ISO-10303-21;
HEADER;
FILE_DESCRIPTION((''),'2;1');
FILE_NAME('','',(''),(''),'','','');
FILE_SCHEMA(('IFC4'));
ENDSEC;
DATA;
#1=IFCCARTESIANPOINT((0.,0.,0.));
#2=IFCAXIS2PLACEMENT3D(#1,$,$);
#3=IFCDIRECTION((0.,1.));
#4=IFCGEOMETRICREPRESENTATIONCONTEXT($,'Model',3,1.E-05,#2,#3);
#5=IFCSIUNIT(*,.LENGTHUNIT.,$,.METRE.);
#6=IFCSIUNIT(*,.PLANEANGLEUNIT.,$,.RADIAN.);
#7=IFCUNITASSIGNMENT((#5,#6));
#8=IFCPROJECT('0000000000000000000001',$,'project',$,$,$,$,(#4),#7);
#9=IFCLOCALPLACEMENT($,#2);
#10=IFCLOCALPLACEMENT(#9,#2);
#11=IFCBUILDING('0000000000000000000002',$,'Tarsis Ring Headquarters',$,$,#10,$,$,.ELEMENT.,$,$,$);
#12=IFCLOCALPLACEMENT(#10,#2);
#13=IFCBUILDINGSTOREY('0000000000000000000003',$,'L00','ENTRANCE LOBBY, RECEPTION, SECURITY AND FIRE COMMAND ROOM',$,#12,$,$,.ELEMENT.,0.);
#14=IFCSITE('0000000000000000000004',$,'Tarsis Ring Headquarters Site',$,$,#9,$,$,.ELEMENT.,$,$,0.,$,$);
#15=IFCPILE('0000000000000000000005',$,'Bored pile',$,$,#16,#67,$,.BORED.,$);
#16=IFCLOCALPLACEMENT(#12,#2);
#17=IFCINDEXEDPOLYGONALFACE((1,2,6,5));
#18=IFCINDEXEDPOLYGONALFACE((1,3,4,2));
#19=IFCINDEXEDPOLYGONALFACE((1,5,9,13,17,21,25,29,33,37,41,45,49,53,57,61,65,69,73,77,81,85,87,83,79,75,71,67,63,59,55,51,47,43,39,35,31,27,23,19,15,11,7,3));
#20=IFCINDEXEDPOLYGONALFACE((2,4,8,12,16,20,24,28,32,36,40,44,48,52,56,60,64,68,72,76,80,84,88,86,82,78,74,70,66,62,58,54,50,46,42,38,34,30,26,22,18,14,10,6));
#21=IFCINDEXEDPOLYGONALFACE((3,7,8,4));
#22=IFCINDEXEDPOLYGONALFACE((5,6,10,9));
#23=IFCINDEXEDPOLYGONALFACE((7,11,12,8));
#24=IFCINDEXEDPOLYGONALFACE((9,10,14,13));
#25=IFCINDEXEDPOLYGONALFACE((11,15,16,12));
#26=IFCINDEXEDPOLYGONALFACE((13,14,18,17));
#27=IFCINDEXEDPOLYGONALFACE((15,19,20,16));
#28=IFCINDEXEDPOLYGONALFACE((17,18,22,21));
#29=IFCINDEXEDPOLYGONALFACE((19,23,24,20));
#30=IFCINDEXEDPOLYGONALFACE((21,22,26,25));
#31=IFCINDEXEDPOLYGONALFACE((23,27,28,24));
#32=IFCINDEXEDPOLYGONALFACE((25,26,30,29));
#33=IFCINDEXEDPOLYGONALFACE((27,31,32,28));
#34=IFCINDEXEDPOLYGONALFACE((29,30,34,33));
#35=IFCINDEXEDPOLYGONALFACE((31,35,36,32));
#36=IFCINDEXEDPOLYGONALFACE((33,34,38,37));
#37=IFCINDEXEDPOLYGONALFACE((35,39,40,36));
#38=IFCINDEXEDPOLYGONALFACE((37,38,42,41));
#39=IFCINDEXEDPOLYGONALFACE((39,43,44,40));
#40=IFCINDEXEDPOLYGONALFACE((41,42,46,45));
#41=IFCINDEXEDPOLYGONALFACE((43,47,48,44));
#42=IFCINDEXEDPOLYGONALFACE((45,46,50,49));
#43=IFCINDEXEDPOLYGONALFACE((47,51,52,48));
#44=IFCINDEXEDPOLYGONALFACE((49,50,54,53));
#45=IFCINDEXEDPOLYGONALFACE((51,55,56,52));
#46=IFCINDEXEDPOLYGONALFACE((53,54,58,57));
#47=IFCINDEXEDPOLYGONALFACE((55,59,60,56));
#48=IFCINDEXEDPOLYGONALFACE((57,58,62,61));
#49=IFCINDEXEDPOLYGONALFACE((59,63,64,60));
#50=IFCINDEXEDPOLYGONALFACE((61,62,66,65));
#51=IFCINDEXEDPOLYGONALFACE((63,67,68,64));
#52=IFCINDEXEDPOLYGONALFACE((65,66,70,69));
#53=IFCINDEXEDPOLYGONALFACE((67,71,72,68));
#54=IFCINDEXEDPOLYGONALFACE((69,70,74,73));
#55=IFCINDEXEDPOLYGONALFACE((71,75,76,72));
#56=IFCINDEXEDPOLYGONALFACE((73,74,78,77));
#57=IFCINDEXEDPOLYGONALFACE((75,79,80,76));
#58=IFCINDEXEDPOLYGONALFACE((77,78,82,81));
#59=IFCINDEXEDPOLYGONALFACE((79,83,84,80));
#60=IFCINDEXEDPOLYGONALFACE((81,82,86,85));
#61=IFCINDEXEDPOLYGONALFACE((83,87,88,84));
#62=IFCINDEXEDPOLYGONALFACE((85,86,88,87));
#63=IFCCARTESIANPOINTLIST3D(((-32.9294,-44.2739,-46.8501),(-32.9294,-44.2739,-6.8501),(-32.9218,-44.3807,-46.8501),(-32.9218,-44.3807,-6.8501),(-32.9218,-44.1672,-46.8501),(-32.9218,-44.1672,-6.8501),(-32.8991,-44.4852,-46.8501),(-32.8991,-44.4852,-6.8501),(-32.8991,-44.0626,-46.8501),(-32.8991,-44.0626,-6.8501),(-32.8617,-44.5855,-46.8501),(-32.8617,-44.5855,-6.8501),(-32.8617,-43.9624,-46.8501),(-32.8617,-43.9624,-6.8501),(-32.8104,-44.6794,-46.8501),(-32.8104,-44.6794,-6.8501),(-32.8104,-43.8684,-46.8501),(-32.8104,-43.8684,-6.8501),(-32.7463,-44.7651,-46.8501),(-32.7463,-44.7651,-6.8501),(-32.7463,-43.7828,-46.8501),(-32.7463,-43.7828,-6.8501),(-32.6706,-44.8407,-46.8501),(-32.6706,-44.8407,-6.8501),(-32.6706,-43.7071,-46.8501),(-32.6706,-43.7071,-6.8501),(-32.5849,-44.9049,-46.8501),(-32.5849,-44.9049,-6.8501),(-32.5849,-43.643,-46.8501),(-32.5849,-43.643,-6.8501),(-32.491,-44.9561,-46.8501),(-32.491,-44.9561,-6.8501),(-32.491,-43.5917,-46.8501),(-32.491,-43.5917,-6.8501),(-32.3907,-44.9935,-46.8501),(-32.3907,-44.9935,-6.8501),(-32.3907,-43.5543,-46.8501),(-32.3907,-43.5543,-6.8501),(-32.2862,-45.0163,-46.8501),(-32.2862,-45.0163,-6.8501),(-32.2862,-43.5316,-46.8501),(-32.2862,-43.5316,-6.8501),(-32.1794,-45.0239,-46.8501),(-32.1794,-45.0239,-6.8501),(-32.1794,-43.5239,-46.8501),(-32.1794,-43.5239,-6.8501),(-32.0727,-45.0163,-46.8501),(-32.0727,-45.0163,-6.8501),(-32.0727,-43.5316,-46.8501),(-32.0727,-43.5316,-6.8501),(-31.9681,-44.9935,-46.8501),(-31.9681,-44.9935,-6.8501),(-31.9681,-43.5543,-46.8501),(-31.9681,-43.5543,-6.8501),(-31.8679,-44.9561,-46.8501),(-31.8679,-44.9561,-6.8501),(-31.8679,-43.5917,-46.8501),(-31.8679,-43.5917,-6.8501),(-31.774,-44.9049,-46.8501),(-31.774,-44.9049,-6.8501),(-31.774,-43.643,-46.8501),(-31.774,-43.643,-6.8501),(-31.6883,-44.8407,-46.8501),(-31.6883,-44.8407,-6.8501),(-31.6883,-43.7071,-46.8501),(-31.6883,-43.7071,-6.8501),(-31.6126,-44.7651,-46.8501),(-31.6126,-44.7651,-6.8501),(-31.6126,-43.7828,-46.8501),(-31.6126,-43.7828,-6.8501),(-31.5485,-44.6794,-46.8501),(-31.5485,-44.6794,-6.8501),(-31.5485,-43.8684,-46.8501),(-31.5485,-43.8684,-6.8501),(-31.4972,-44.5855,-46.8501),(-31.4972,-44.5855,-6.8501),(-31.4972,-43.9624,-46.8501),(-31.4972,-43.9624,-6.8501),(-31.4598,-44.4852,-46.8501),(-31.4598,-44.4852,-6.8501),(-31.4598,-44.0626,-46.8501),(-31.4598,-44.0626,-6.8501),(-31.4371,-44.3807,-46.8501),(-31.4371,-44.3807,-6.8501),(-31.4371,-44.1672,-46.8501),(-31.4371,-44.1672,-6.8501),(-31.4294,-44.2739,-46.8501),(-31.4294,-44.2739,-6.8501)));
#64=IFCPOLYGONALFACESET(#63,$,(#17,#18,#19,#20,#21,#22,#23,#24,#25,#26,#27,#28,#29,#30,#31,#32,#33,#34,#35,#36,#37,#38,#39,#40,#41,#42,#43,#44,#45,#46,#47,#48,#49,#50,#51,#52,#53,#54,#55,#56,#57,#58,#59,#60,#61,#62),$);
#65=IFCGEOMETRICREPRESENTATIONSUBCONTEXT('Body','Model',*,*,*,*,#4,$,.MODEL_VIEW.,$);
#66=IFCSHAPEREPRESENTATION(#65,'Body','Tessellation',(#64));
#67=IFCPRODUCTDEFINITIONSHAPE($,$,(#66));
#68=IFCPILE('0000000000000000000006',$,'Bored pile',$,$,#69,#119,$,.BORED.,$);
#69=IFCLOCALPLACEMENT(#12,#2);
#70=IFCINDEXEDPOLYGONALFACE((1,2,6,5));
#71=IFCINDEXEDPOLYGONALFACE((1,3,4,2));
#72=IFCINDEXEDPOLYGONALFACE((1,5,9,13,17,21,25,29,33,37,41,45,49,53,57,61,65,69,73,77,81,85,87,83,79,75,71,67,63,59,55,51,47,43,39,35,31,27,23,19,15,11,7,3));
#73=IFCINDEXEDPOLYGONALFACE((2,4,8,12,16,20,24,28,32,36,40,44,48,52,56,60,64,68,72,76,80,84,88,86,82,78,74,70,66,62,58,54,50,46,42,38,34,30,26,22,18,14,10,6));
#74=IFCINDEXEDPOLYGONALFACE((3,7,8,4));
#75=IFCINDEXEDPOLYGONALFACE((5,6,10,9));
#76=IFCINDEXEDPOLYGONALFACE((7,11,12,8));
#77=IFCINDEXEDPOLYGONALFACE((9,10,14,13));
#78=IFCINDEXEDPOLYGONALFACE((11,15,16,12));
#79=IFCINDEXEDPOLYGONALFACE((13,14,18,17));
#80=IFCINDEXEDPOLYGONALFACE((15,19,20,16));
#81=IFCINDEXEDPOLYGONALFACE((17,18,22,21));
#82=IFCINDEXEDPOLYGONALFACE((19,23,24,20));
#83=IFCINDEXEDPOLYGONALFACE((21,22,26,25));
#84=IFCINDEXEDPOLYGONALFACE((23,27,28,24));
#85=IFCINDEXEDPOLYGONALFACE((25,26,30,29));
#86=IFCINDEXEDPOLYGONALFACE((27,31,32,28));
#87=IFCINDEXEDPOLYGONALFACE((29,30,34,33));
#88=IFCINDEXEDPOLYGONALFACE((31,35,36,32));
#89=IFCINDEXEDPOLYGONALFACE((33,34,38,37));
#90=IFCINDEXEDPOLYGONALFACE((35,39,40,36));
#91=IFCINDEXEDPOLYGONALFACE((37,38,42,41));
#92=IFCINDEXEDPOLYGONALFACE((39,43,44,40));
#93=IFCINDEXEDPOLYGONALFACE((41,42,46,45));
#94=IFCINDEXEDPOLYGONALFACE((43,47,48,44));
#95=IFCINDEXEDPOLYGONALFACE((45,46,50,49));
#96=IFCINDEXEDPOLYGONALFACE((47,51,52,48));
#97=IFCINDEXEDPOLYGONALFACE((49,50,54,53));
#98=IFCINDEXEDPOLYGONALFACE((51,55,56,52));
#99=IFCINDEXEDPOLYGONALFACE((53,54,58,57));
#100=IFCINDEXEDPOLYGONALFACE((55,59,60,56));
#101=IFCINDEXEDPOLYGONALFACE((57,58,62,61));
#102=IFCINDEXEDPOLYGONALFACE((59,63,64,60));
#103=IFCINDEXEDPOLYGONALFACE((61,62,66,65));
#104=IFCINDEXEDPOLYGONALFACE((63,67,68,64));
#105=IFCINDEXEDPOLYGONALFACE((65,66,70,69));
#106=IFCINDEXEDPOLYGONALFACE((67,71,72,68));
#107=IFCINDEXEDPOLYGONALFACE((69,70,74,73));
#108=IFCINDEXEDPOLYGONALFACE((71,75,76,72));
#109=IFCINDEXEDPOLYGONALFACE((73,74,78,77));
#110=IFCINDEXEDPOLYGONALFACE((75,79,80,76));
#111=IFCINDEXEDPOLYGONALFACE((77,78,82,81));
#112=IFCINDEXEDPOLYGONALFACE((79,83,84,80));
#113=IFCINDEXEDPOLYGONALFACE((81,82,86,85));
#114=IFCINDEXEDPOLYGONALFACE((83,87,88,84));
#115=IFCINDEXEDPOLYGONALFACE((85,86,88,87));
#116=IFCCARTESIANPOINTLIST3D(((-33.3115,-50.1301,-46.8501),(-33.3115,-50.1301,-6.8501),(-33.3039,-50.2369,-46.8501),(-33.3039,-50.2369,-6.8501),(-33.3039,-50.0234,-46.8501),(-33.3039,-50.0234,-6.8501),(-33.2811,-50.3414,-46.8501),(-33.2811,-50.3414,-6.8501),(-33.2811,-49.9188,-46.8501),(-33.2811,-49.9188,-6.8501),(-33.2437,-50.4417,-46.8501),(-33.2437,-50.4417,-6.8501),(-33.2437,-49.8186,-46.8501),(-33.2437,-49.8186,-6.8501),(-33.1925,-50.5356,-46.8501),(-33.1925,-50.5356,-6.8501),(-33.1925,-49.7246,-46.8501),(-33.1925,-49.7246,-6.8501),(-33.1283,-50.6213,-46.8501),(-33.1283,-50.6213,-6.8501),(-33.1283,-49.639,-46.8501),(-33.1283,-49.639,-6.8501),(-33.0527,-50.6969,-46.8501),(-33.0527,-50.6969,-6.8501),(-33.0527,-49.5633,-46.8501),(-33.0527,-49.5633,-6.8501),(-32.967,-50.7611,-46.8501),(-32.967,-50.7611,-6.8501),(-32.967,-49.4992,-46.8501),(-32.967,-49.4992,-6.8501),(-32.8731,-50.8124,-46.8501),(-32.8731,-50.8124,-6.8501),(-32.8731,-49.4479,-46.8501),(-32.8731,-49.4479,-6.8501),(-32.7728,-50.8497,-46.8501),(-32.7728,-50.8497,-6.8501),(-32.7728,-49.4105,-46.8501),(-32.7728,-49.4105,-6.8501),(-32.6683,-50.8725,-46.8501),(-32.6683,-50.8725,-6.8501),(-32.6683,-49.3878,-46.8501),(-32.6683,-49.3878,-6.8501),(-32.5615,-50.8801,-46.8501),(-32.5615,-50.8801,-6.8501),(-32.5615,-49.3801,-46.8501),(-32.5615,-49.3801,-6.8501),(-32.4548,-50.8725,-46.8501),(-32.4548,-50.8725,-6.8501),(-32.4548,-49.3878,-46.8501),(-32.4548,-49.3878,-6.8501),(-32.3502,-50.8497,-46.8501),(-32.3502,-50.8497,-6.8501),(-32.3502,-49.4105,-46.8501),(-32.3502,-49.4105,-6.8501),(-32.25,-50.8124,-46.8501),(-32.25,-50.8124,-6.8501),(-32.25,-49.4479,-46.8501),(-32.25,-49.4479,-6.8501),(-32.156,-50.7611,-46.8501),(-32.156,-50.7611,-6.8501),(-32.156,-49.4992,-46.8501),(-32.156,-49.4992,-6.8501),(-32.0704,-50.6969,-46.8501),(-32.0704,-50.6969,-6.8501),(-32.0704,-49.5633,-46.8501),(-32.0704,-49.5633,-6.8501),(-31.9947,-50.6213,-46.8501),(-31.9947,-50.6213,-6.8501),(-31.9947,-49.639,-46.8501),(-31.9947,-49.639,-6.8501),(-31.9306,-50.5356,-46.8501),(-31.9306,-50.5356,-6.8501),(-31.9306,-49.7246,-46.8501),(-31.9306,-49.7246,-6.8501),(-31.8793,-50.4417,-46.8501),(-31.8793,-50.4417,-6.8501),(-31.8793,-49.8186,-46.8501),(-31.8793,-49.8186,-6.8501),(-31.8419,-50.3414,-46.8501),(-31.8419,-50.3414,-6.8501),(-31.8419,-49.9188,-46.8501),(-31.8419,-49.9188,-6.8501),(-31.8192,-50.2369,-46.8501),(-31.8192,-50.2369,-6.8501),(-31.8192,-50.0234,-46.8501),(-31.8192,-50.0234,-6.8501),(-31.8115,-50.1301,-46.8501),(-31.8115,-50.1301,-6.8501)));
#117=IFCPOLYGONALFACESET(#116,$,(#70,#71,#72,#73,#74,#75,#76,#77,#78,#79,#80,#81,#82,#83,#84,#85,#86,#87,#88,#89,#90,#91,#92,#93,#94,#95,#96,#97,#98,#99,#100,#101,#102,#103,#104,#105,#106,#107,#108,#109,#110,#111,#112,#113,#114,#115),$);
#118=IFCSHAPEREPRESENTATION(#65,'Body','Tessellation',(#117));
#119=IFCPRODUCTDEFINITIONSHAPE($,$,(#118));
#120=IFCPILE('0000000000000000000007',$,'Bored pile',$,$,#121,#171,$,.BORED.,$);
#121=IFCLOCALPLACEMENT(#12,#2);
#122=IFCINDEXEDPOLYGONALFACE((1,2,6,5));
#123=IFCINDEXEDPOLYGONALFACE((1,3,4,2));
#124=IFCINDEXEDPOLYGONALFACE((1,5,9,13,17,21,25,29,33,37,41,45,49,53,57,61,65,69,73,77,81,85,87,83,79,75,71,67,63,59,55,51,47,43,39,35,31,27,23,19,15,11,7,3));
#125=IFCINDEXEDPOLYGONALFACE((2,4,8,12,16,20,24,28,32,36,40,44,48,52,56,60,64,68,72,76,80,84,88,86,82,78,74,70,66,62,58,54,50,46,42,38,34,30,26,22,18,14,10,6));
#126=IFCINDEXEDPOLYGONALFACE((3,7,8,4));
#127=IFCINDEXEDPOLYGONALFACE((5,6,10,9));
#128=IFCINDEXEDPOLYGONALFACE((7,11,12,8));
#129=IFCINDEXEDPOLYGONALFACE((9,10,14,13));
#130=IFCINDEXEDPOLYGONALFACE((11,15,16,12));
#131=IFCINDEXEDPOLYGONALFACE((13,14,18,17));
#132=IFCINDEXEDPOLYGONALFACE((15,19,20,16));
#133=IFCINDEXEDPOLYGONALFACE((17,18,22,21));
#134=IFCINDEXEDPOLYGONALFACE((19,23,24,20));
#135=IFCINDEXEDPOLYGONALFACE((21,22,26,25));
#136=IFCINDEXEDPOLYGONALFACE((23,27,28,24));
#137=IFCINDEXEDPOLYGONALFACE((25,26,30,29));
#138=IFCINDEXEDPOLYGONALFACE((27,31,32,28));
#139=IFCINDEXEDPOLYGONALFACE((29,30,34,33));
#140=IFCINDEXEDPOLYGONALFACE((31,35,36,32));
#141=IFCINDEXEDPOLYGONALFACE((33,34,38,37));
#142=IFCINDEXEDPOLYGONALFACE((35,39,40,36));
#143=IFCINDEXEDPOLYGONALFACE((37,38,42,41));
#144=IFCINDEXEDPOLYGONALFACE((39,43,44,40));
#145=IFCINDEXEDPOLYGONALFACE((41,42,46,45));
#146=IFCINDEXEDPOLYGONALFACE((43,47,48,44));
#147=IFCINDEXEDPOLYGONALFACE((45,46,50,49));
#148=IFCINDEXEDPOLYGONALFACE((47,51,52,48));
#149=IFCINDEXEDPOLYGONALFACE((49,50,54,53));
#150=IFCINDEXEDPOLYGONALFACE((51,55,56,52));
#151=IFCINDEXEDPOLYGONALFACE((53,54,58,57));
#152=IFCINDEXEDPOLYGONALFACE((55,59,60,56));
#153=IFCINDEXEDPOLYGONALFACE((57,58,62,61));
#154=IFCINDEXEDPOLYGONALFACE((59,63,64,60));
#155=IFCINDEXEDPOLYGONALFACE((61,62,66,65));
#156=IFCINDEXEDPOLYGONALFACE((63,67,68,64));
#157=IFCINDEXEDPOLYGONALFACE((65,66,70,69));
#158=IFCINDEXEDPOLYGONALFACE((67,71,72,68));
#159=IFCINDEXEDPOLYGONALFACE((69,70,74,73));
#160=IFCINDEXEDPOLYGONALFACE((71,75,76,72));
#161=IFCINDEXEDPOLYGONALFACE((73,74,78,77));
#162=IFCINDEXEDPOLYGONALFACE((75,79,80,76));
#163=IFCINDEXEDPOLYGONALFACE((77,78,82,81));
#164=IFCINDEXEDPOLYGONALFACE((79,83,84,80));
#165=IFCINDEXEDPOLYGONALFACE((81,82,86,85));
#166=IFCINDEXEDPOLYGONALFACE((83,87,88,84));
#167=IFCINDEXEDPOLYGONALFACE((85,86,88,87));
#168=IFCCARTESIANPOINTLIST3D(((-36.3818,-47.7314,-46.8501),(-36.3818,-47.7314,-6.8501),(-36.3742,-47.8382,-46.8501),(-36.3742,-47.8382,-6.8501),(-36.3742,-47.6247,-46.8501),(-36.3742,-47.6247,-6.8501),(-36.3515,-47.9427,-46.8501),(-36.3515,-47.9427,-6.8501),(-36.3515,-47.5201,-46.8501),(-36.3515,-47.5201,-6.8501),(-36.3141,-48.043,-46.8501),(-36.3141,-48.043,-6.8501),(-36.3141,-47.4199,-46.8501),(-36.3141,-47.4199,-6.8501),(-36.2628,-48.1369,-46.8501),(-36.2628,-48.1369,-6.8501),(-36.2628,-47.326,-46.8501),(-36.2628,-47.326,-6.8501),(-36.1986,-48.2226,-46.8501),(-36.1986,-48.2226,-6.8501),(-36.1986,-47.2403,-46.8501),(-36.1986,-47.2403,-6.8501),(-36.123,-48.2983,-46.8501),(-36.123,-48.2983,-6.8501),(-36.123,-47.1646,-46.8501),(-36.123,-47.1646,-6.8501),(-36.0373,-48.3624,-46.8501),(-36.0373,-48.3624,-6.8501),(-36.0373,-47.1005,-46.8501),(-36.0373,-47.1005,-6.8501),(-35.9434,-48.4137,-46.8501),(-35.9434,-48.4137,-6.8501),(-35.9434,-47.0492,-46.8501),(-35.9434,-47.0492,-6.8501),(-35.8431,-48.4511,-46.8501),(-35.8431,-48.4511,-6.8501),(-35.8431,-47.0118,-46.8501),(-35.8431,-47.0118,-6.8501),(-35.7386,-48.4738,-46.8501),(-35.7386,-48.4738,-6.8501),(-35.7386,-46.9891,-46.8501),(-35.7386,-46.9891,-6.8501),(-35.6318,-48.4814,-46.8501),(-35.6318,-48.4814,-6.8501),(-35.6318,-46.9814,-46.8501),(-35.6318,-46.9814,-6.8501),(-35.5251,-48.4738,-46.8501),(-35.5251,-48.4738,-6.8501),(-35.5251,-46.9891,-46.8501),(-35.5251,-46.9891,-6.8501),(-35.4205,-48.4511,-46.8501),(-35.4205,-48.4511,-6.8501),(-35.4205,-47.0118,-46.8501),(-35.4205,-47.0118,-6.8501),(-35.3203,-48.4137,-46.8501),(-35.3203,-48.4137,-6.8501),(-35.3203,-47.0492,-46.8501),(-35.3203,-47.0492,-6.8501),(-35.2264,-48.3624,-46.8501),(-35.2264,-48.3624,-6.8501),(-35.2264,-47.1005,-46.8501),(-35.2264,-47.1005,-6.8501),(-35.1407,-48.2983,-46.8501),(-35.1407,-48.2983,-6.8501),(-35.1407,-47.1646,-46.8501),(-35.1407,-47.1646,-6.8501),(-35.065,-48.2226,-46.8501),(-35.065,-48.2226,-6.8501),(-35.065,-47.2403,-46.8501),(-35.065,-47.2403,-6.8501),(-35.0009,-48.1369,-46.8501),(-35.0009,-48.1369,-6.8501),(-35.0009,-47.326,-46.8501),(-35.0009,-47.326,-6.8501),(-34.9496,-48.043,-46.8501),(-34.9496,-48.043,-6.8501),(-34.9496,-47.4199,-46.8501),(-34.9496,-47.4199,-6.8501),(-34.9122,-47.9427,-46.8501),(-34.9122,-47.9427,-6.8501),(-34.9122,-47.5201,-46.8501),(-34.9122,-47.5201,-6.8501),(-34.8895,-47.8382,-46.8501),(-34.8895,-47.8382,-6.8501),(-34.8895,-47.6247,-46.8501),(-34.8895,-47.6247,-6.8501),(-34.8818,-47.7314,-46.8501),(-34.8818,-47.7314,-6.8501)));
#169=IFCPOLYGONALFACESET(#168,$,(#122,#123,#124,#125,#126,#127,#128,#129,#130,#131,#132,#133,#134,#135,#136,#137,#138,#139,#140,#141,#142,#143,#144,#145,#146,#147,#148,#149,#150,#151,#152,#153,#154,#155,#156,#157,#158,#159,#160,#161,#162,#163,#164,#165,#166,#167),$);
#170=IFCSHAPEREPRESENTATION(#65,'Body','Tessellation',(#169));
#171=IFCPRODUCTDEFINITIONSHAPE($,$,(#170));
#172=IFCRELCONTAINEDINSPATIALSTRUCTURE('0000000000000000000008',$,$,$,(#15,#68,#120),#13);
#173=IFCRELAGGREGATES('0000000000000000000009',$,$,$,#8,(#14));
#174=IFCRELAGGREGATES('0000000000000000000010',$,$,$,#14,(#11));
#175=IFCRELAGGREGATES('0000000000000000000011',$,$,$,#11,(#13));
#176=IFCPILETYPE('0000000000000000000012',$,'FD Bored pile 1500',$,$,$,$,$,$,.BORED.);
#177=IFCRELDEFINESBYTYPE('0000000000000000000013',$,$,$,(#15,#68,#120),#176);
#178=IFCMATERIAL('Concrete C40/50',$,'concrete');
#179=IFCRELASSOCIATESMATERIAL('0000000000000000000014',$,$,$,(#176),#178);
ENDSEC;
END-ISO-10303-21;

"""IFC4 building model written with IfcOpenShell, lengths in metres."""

from ifc_helpers import new_model, si_unit, direction, frame, origin, origin_2d, place, context, subcontext, project, spatial, circle, extrude, material, material_profile, profile_set, type_object, element, save


model = new_model("IFC4")

# Units and contexts
model_context = context("Model", 3, precision=1e-05, world=origin(), true_north=direction((0.0, 1.0)))
body_context = subcontext(model_context, "Body", "Model", "MODEL_VIEW")
ifc_project = project(units=[si_unit("LENGTHUNIT", "METRE"), si_unit("PLANEANGLEUNIT", "RADIAN")], contexts=[model_context])

# Site, building, storey
site_placement = place(None, origin())
site = spatial("IfcSite", under=ifc_project, at=site_placement, Name="Tarsis Ring Headquarters Site", CompositionType="ELEMENT", RefElevation=0.0)
building_placement = place(site_placement, origin())
building = spatial("IfcBuilding", under=site, at=building_placement, Name="Tarsis Ring Headquarters", CompositionType="ELEMENT")
storey_placement = place(building_placement, origin())
storey = spatial("IfcBuildingStorey", under=building, at=storey_placement, Name="L00", Description="ENTRANCE LOBBY, RECEPTION, SECURITY AND FIRE COMMAND ROOM", CompositionType="ELEMENT", Elevation=0.0)

# Piles
ifc_material_1 = material(Name="Concrete C40/50", Category="concrete")
ifc_material_profile_1 = material_profile(ifc_material_1, circle(Radius=0.75, at=origin_2d()), Name="BORED 1500")
ifc_profile_set_1 = profile_set([ifc_material_profile_1], Name="Concrete C40/50")
pile_type = type_object("IfcPileType", Name="FD Bored pile 1500", PredefinedType="BORED", material=ifc_profile_set_1)
for number, where, z_axis, x_axis, name in (
    (1, (-32.1794, -44.2739, -6.8501), (0.0, 0.0, -1.0), (1.0, 0.0, 0.0), "Bored pile"),
    (2, (-32.5615, -50.1301, -6.8501), (0.0, 0.0, -1.0), (1.0, 0.0, 0.0), "Bored pile"),
    (3, (-35.6318, -47.7314, -6.8501), (0.0, 0.0, -1.0), (1.0, 0.0, 0.0), "Bored pile"),
):
    element("IfcPile", number, at=place(storey_placement, frame(where, z_axis=z_axis, x_axis=x_axis)), inside=storey, type_object=pile_type, Name=name, PredefinedType="BORED", context=body_context, shape_type="SweptSolid", body=[
        extrude(circle(Radius=0.75, at=origin_2d()), origin(), (0.0, 0.0, 1.0), 40.0),
    ])

save(model, "model.ifc")
